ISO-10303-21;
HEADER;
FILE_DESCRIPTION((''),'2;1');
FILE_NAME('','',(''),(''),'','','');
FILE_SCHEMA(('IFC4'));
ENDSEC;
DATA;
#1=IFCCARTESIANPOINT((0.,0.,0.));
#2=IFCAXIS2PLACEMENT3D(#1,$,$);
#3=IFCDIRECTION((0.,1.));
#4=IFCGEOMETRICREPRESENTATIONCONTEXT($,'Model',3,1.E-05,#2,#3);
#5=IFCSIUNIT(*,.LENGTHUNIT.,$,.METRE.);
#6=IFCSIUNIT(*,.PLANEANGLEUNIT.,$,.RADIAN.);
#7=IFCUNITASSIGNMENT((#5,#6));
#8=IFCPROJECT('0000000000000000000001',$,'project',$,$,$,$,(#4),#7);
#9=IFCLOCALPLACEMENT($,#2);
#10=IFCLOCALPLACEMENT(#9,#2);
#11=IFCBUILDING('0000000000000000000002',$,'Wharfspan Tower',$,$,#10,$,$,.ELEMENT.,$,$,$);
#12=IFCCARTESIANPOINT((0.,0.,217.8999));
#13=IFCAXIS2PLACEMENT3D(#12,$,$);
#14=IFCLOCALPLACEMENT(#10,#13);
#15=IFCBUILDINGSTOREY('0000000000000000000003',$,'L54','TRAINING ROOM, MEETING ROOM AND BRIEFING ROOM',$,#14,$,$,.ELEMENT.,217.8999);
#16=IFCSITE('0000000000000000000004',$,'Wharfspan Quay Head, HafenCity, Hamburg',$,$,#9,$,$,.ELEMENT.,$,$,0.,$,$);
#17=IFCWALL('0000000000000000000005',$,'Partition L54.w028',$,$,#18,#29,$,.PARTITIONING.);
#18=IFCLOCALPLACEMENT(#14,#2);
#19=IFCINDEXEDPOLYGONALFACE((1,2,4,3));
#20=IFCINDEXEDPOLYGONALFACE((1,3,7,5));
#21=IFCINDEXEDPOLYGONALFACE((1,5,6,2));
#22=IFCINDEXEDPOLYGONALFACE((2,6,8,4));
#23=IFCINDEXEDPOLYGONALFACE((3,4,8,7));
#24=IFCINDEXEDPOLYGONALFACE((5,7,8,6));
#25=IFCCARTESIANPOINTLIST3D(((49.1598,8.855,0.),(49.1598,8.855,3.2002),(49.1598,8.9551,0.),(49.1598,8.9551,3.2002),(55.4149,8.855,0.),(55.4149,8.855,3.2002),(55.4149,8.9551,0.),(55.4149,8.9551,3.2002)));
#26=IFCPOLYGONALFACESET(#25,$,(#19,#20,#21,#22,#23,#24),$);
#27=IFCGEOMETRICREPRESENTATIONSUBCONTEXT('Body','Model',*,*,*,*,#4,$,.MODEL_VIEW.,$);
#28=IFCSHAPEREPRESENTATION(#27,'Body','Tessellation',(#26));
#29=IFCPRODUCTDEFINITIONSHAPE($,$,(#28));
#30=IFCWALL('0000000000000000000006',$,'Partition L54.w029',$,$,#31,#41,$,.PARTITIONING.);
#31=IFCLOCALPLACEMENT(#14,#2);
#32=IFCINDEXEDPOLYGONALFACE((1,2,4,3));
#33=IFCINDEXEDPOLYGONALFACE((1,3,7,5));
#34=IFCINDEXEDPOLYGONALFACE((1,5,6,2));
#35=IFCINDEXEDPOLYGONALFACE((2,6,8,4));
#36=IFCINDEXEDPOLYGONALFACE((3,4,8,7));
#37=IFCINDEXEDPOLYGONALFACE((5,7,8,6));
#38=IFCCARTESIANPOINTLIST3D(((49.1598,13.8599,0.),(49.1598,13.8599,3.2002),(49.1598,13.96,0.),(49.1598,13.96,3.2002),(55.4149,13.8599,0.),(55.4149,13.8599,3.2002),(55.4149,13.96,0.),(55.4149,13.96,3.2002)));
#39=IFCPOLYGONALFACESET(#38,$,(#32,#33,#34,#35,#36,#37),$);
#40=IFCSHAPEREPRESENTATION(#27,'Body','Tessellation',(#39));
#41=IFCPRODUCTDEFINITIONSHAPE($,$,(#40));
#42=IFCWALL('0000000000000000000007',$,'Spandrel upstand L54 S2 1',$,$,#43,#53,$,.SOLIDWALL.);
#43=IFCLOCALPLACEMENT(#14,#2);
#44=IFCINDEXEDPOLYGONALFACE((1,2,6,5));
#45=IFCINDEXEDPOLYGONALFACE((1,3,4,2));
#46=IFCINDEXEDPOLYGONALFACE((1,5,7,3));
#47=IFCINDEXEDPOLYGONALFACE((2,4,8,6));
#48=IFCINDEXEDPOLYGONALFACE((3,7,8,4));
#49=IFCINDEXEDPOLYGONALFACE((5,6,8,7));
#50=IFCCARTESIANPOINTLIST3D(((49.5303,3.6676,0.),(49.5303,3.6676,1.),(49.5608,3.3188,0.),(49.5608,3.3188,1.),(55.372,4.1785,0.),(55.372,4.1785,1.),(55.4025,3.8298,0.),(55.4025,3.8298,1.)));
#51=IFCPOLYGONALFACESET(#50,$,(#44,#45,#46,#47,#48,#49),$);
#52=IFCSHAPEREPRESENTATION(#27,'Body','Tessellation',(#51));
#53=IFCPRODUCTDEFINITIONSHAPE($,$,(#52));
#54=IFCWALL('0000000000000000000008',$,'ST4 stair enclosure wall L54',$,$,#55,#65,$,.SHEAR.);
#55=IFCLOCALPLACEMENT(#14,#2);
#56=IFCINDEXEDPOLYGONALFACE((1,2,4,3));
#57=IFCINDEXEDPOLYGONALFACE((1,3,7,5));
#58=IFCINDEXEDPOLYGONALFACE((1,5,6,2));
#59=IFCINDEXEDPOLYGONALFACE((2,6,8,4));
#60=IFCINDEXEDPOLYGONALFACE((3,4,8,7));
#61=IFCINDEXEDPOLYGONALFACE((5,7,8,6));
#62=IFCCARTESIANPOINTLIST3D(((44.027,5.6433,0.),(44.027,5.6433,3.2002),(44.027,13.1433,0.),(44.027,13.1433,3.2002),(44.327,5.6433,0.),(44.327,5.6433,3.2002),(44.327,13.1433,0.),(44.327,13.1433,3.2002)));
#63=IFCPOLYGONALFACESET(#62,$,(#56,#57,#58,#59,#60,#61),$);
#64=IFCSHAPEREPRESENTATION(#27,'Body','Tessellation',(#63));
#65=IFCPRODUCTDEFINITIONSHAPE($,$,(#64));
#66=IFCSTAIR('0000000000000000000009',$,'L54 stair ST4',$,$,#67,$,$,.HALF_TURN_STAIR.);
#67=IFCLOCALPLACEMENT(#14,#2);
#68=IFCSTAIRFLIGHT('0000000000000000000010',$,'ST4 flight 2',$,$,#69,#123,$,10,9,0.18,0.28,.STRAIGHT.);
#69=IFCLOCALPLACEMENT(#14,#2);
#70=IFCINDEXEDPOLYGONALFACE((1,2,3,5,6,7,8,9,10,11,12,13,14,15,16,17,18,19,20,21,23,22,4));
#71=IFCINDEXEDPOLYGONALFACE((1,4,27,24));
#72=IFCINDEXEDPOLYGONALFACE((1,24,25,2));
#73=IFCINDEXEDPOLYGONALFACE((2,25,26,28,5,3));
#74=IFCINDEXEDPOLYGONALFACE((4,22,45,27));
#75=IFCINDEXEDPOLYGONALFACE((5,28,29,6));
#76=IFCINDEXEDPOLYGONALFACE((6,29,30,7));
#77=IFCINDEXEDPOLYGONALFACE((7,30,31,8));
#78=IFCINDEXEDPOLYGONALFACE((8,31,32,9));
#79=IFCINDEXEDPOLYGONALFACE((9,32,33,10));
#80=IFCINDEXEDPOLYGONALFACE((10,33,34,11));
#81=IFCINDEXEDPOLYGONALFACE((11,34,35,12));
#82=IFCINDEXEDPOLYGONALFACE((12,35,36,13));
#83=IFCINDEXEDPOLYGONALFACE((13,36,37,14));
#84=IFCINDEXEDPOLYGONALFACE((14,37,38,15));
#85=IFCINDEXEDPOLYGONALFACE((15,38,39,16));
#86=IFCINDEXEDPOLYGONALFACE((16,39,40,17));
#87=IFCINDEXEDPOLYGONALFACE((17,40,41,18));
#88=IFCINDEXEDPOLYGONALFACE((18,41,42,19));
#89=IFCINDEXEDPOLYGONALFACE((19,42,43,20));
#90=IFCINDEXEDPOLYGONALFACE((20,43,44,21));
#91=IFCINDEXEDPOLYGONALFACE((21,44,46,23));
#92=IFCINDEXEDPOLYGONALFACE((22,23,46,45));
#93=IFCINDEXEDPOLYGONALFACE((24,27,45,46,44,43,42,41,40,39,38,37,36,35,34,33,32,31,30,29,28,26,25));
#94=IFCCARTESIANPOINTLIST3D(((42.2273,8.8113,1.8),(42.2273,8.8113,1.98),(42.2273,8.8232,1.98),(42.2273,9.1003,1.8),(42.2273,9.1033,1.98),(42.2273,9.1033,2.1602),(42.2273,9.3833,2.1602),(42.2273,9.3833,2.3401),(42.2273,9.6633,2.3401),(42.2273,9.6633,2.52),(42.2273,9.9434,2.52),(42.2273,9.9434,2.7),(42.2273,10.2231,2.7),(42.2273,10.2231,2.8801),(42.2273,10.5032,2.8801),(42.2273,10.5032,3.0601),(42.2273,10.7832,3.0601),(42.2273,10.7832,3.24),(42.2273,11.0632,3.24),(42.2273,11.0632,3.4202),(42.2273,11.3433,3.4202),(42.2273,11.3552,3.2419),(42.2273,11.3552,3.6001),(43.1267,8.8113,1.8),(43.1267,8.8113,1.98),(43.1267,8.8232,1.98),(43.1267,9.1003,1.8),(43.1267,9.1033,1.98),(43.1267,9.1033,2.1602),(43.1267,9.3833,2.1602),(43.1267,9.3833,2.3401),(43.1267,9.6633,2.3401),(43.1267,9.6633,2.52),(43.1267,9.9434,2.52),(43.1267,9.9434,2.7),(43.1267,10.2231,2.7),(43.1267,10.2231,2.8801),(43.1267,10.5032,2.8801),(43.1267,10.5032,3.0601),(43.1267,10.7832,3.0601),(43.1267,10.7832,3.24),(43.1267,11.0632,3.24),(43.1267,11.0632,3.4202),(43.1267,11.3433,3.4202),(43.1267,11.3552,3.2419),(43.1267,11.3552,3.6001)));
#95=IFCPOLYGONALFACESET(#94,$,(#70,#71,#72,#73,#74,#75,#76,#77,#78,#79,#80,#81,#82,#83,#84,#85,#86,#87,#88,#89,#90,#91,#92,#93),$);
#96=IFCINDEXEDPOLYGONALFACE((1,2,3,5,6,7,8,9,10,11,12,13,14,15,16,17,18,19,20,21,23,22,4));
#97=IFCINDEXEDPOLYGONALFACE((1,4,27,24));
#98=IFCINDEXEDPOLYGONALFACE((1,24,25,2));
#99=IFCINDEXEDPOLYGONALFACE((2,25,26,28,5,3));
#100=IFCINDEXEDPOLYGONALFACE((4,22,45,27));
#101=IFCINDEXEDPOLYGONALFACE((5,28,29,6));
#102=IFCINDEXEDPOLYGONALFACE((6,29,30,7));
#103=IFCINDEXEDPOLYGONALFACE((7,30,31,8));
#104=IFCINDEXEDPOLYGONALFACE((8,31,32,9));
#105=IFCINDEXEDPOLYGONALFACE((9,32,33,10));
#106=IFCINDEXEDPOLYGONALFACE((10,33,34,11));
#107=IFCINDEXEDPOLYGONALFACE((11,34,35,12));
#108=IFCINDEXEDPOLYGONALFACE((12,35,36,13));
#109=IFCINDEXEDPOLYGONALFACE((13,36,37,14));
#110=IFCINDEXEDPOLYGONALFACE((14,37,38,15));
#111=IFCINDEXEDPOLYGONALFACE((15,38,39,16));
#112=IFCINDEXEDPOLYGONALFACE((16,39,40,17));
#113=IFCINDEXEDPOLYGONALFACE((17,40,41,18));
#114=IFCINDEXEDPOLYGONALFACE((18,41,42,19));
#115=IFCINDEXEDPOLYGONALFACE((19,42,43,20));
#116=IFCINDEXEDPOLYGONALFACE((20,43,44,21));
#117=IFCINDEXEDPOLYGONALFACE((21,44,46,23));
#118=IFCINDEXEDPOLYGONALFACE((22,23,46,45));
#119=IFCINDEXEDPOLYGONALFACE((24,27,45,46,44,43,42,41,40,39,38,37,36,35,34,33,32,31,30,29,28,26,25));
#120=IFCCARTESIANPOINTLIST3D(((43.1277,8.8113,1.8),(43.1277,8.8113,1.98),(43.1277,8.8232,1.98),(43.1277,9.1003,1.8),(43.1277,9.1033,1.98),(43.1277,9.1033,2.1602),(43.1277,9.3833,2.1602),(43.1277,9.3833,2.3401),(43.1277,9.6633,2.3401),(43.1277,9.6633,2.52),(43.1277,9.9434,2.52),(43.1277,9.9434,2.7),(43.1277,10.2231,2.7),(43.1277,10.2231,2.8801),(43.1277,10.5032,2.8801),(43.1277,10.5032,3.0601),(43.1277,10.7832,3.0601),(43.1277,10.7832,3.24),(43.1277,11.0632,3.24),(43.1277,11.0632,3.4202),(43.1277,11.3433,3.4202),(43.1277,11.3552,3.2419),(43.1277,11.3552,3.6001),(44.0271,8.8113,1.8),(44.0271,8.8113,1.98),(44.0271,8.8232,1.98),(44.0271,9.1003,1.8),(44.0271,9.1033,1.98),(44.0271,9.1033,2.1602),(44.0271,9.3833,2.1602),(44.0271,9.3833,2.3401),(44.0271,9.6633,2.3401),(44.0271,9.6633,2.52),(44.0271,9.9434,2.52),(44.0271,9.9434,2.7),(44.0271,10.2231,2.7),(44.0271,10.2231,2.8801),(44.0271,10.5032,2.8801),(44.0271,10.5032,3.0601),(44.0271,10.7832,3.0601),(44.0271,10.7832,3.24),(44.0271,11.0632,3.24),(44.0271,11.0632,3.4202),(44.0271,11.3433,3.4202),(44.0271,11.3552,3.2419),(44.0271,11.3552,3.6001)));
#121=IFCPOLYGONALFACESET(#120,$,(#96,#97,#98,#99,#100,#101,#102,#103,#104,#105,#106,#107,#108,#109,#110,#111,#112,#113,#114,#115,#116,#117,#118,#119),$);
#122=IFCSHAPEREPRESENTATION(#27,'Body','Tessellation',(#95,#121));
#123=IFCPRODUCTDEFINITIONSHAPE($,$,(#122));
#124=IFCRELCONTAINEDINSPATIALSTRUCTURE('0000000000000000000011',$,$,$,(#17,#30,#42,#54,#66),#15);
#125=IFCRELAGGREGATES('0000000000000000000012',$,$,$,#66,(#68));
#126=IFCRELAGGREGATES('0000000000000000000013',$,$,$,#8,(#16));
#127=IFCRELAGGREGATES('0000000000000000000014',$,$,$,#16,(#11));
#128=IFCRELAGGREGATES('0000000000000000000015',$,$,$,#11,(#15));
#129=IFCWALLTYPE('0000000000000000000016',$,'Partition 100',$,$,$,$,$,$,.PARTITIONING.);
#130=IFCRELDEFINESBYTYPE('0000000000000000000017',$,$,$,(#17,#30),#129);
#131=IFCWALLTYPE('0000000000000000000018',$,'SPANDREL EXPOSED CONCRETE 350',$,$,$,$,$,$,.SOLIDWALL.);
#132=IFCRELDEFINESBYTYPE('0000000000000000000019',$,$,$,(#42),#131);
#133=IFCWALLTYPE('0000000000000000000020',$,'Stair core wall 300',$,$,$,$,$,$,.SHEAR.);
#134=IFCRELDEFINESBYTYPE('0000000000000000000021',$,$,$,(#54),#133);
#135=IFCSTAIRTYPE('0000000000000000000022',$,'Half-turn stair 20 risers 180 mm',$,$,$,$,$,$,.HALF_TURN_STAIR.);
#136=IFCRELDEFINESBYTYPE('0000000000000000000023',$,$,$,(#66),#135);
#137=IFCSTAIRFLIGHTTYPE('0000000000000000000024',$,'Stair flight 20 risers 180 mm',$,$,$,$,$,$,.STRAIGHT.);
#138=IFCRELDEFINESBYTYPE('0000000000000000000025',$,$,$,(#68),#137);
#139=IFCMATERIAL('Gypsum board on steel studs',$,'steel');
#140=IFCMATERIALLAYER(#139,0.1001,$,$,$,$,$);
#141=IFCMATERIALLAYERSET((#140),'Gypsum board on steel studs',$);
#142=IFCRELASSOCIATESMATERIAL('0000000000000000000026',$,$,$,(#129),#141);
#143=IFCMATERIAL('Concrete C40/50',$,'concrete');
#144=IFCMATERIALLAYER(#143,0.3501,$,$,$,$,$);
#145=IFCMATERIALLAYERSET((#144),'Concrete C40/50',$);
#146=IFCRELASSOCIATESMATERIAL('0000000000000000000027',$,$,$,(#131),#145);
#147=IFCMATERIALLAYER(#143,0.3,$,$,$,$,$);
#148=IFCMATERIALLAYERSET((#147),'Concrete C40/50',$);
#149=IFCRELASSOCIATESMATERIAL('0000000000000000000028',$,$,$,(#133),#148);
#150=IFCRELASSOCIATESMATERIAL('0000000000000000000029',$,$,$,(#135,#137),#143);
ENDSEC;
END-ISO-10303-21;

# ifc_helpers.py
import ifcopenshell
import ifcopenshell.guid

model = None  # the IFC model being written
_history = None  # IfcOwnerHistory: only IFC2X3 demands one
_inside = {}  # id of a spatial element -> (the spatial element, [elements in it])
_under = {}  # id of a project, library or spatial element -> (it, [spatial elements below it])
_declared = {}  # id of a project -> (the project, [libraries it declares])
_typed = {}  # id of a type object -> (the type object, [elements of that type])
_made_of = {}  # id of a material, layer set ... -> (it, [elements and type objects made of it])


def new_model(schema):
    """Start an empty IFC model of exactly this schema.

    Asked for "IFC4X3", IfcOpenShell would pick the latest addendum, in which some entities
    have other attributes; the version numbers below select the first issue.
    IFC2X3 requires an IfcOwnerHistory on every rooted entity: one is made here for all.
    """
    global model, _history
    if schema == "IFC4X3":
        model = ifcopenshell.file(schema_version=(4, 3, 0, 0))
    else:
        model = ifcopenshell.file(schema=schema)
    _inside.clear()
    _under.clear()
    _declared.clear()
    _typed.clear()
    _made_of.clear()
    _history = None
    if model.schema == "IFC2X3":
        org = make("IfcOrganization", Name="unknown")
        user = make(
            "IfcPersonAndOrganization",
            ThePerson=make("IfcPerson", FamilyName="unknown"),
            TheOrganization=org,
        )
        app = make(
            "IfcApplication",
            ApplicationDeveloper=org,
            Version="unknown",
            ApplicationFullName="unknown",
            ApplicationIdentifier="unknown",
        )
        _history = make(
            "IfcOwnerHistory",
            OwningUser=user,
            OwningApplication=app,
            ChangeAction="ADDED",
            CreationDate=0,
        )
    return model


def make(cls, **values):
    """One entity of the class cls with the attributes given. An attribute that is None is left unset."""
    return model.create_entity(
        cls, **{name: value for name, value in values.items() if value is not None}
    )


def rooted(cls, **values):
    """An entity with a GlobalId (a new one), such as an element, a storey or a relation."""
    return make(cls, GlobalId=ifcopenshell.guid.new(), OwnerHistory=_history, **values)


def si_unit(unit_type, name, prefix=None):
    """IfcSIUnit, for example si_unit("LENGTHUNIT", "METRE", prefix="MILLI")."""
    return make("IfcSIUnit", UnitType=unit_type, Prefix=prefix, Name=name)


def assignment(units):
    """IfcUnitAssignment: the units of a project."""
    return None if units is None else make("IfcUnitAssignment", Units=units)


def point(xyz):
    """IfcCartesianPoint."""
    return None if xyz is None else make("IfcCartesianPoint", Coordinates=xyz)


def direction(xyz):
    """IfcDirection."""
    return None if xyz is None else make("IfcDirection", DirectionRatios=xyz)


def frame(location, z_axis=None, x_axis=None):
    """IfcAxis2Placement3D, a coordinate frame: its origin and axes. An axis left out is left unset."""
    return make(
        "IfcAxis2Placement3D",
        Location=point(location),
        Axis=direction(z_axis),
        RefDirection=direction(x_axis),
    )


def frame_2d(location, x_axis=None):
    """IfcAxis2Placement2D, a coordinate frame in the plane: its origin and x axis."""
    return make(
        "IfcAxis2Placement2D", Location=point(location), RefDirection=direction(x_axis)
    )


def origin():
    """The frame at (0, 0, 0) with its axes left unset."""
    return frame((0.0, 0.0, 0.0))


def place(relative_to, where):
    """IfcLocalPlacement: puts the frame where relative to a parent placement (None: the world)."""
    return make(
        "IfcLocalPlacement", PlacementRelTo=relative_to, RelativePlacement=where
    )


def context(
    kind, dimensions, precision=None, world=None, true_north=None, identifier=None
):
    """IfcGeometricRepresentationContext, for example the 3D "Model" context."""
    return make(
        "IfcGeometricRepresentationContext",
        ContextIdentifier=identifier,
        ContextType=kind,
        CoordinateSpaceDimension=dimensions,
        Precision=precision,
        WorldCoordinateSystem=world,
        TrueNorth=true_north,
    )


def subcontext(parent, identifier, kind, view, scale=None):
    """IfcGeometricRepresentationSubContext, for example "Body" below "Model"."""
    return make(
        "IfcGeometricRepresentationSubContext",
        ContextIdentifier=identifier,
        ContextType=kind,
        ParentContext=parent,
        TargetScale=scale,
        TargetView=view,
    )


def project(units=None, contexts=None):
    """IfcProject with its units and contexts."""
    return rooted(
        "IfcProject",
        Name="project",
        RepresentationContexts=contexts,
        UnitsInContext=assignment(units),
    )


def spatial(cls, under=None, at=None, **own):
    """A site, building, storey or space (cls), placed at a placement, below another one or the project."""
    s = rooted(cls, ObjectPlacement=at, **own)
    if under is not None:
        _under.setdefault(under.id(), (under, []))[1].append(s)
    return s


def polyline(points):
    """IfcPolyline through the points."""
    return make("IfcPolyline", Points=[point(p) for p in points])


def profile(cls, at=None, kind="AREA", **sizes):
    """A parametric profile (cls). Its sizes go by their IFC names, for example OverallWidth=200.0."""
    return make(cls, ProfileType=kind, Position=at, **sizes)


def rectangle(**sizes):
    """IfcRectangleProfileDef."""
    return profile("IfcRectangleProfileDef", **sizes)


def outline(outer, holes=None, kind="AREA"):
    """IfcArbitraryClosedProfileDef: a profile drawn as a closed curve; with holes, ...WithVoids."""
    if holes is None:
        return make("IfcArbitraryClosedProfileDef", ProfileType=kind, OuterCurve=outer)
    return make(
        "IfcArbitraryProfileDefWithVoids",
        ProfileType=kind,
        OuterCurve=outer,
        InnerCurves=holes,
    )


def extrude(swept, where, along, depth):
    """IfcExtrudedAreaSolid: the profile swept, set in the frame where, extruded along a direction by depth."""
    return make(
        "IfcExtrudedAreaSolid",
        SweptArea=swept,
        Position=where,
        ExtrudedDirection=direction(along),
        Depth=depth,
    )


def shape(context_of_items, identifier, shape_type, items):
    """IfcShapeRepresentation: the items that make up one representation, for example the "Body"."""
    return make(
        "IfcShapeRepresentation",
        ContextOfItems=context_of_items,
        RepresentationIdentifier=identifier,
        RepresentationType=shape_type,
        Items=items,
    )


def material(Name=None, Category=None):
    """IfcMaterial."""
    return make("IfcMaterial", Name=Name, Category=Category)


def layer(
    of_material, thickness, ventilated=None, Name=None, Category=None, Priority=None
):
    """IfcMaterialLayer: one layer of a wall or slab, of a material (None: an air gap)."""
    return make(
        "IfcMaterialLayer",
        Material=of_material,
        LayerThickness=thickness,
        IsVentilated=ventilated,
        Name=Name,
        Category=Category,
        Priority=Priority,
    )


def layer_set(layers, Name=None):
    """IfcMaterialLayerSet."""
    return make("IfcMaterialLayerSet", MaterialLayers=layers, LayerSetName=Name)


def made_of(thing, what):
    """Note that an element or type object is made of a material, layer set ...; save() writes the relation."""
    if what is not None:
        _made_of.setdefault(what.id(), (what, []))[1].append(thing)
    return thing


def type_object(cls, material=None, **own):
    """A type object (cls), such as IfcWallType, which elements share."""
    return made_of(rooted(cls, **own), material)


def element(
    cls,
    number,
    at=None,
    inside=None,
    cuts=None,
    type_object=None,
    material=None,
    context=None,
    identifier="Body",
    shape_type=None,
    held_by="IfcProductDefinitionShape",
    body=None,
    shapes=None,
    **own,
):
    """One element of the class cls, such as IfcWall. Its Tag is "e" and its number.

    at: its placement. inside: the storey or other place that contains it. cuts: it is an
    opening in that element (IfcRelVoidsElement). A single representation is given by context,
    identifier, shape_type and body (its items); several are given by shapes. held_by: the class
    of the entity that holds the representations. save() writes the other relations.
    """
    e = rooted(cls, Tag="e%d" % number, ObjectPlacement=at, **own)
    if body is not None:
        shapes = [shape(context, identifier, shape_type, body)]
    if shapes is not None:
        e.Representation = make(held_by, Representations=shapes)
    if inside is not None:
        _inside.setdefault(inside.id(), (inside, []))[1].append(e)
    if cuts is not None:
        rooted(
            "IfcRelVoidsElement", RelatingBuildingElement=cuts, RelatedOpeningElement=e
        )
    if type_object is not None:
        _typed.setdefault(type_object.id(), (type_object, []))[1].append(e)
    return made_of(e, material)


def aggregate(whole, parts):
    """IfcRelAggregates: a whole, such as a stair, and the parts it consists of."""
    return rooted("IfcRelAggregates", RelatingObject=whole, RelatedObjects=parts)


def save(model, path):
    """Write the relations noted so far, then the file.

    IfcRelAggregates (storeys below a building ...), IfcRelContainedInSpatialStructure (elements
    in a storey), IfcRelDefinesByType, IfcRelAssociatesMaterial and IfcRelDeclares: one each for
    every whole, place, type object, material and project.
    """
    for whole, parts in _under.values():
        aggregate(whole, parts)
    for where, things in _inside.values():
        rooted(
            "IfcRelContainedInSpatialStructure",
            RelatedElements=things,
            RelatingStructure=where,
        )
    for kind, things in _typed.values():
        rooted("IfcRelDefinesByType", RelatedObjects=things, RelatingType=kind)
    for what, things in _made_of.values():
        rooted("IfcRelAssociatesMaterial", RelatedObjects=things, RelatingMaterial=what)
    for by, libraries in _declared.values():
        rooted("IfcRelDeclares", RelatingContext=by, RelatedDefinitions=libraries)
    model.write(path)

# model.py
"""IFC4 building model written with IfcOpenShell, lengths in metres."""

from ifc_helpers import new_model, si_unit, direction, frame, frame_2d, origin, place, context, subcontext, project, spatial, polyline, rectangle, outline, extrude, material, layer, layer_set, type_object, element, aggregate, save


model = new_model("IFC4")

# Units and contexts
model_context = context("Model", 3, precision=1e-05, world=origin(), true_north=direction((0.0, 1.0)))
body_context = subcontext(model_context, "Body", "Model", "MODEL_VIEW")
ifc_project = project(units=[si_unit("LENGTHUNIT", "METRE"), si_unit("PLANEANGLEUNIT", "RADIAN")], contexts=[model_context])

# Site, building, storey
site_placement = place(None, origin())
site = spatial("IfcSite", under=ifc_project, at=site_placement, Name="Wharfspan Quay Head, HafenCity, Hamburg", CompositionType="ELEMENT", RefElevation=0.0)
building_placement = place(site_placement, origin())
building = spatial("IfcBuilding", under=site, at=building_placement, Name="Wharfspan Tower", CompositionType="ELEMENT")
storey_placement = place(building_placement, frame((0.0, 0.0, 217.8999)))
storey = spatial("IfcBuildingStorey", under=building, at=storey_placement, Name="L54", Description="TRAINING ROOM, MEETING ROOM AND BRIEFING ROOM", CompositionType="ELEMENT", Elevation=217.8999)

# Shared definitions
ifc_material_1 = material(Name="Gypsum board on steel studs", Category="steel")

# Walls
ifc_layer_1 = layer(ifc_material_1, 0.1001)
ifc_layer_set_1 = layer_set([ifc_layer_1], Name="Gypsum board on steel studs")
wall_type_1 = type_object("IfcWallType", Name="Partition 100", PredefinedType="PARTITIONING", material=ifc_layer_set_1)
for number, where, z_axis, x_axis, name in (
    (1, (49.1599, 8.905, 0.0), (0.0, 0.0, 1.0), (1.0, 0.0, 0.0), "Partition L54.w028"),
    (2, (49.1599, 13.9099, 0.0), (0.0, 0.0, 1.0), (1.0, 0.0, 0.0), "Partition L54.w029"),
):
    element("IfcWall", number, at=place(storey_placement, frame(where, z_axis=z_axis, x_axis=x_axis)), inside=storey, type_object=wall_type_1, Name=name, PredefinedType="PARTITIONING", context=body_context, shape_type="SweptSolid", body=[
        extrude(rectangle(XDim=6.2551, YDim=0.1001, at=frame_2d((3.1274, 0.0))), origin(), (0.0, 0.0, 1.0), 3.2002),
    ])
ifc_material_2 = material(Name="Concrete C40/50", Category="concrete")
ifc_layer_2 = layer(ifc_material_2, 0.3501)
ifc_layer_set_2 = layer_set([ifc_layer_2], Name="Concrete C40/50")
wall_type_2 = type_object("IfcWallType", Name="SPANDREL EXPOSED CONCRETE 350", PredefinedType="SOLIDWALL", material=ifc_layer_set_2)
wall_1_placement = place(storey_placement, frame((49.5454, 3.4932, 0.0), z_axis=(0.0, 0.0, 1.0), x_axis=(0.996196, 0.087138, 0.0)))
element("IfcWall", 3, at=wall_1_placement, inside=storey, type_object=wall_type_2, Name="Spandrel upstand L54 S2 1", PredefinedType="SOLIDWALL", context=body_context, shape_type="SweptSolid", body=[
    extrude(rectangle(XDim=5.864, YDim=0.3501, at=frame_2d((2.9321, 0.0))), origin(), (0.0, 0.0, 1.0), 1.0),
])
ifc_layer_3 = layer(ifc_material_2, 0.3)
ifc_layer_set_3 = layer_set([ifc_layer_3], Name="Concrete C40/50")
wall_type_3 = type_object("IfcWallType", Name="Stair core wall 300", PredefinedType="SHEAR", material=ifc_layer_set_3)
wall_2_placement = place(storey_placement, frame((44.177, 5.6433, 0.0), z_axis=(0.0, 0.0, 1.0), x_axis=(0.0, 1.0, 0.0)))
element("IfcWall", 4, at=wall_2_placement, inside=storey, type_object=wall_type_3, Name="ST4 stair enclosure wall L54", PredefinedType="SHEAR", context=body_context, shape_type="SweptSolid", body=[
    extrude(rectangle(XDim=7.5, YDim=0.3, at=frame_2d((3.75, 0.0))), origin(), (0.0, 0.0, 1.0), 3.2002),
])

# Stair, stair flight
stair_type = type_object("IfcStairType", Name="Half-turn stair 20 risers 180 mm", PredefinedType="HALF_TURN_STAIR", material=ifc_material_2)
stair_placement = place(storey_placement, origin())
stair = element("IfcStair", 5, at=stair_placement, inside=storey, type_object=stair_type, Name="L54 stair ST4", PredefinedType="HALF_TURN_STAIR")
stair_flight_type = type_object("IfcStairFlightType", Name="Stair flight 20 risers 180 mm", PredefinedType="STRAIGHT", material=ifc_material_2)
stair_flight_placement = place(storey_placement, frame((43.1272, 8.8232, 1.8), z_axis=(0.0, 0.0, 1.0), x_axis=(0.0, 1.0, 0.0)))
stair_flight = element("IfcStairFlight", 6, at=stair_flight_placement, type_object=stair_flight_type, Name="ST4 flight 2", NumberOfRisers=10, NumberOfTreads=9, PredefinedType="STRAIGHT", RiserHeight=0.18, TreadLength=0.28, context=body_context, shape_type="SweptSolid", body=[
    extrude(outline(polyline([(-0.012, 0.0), (-0.012, 0.1799), (0.0, 0.1799), (0.28, 0.1799), (0.28, 0.3601), (0.5601, 0.3601), (0.5601, 0.54), (0.8401, 0.54), (0.8401, 0.72), (1.1201, 0.72), (1.1201, 0.8999), (1.3999, 0.8999), (1.3999, 1.0801), (1.6799, 1.0801), (1.6799, 1.26), (1.96, 1.26), (1.96, 1.4399), (2.24, 1.4399), (2.24, 1.6201), (2.52, 1.6201), (2.532, 1.8), (2.532, 1.4419), (0.2771, 0.0), (-0.012, 0.0)])), frame((0.0, 0.8999, 0.0), z_axis=(0.0, -1.0, 0.0), x_axis=(1.0, 0.0, 0.0)), (0.0, 0.0, 1.0), 0.8994),
    extrude(outline(polyline([(-0.012, 0.0), (-0.012, 0.1799), (0.0, 0.1799), (0.28, 0.1799), (0.28, 0.3601), (0.5601, 0.3601), (0.5601, 0.54), (0.8401, 0.54), (0.8401, 0.72), (1.1201, 0.72), (1.1201, 0.8999), (1.3999, 0.8999), (1.3999, 1.0801), (1.6799, 1.0801), (1.6799, 1.26), (1.96, 1.26), (1.96, 1.4399), (2.24, 1.4399), (2.24, 1.6201), (2.52, 1.6201), (2.532, 1.8), (2.532, 1.4419), (0.2771, 0.0), (-0.012, 0.0)])), frame((0.0, -0.0005, 0.0), z_axis=(0.0, -1.0, 0.0), x_axis=(1.0, 0.0, 0.0)), (0.0, 0.0, 1.0), 0.8994),
])
aggregate(stair, [stair_flight])

save(model, "model.ifc")
